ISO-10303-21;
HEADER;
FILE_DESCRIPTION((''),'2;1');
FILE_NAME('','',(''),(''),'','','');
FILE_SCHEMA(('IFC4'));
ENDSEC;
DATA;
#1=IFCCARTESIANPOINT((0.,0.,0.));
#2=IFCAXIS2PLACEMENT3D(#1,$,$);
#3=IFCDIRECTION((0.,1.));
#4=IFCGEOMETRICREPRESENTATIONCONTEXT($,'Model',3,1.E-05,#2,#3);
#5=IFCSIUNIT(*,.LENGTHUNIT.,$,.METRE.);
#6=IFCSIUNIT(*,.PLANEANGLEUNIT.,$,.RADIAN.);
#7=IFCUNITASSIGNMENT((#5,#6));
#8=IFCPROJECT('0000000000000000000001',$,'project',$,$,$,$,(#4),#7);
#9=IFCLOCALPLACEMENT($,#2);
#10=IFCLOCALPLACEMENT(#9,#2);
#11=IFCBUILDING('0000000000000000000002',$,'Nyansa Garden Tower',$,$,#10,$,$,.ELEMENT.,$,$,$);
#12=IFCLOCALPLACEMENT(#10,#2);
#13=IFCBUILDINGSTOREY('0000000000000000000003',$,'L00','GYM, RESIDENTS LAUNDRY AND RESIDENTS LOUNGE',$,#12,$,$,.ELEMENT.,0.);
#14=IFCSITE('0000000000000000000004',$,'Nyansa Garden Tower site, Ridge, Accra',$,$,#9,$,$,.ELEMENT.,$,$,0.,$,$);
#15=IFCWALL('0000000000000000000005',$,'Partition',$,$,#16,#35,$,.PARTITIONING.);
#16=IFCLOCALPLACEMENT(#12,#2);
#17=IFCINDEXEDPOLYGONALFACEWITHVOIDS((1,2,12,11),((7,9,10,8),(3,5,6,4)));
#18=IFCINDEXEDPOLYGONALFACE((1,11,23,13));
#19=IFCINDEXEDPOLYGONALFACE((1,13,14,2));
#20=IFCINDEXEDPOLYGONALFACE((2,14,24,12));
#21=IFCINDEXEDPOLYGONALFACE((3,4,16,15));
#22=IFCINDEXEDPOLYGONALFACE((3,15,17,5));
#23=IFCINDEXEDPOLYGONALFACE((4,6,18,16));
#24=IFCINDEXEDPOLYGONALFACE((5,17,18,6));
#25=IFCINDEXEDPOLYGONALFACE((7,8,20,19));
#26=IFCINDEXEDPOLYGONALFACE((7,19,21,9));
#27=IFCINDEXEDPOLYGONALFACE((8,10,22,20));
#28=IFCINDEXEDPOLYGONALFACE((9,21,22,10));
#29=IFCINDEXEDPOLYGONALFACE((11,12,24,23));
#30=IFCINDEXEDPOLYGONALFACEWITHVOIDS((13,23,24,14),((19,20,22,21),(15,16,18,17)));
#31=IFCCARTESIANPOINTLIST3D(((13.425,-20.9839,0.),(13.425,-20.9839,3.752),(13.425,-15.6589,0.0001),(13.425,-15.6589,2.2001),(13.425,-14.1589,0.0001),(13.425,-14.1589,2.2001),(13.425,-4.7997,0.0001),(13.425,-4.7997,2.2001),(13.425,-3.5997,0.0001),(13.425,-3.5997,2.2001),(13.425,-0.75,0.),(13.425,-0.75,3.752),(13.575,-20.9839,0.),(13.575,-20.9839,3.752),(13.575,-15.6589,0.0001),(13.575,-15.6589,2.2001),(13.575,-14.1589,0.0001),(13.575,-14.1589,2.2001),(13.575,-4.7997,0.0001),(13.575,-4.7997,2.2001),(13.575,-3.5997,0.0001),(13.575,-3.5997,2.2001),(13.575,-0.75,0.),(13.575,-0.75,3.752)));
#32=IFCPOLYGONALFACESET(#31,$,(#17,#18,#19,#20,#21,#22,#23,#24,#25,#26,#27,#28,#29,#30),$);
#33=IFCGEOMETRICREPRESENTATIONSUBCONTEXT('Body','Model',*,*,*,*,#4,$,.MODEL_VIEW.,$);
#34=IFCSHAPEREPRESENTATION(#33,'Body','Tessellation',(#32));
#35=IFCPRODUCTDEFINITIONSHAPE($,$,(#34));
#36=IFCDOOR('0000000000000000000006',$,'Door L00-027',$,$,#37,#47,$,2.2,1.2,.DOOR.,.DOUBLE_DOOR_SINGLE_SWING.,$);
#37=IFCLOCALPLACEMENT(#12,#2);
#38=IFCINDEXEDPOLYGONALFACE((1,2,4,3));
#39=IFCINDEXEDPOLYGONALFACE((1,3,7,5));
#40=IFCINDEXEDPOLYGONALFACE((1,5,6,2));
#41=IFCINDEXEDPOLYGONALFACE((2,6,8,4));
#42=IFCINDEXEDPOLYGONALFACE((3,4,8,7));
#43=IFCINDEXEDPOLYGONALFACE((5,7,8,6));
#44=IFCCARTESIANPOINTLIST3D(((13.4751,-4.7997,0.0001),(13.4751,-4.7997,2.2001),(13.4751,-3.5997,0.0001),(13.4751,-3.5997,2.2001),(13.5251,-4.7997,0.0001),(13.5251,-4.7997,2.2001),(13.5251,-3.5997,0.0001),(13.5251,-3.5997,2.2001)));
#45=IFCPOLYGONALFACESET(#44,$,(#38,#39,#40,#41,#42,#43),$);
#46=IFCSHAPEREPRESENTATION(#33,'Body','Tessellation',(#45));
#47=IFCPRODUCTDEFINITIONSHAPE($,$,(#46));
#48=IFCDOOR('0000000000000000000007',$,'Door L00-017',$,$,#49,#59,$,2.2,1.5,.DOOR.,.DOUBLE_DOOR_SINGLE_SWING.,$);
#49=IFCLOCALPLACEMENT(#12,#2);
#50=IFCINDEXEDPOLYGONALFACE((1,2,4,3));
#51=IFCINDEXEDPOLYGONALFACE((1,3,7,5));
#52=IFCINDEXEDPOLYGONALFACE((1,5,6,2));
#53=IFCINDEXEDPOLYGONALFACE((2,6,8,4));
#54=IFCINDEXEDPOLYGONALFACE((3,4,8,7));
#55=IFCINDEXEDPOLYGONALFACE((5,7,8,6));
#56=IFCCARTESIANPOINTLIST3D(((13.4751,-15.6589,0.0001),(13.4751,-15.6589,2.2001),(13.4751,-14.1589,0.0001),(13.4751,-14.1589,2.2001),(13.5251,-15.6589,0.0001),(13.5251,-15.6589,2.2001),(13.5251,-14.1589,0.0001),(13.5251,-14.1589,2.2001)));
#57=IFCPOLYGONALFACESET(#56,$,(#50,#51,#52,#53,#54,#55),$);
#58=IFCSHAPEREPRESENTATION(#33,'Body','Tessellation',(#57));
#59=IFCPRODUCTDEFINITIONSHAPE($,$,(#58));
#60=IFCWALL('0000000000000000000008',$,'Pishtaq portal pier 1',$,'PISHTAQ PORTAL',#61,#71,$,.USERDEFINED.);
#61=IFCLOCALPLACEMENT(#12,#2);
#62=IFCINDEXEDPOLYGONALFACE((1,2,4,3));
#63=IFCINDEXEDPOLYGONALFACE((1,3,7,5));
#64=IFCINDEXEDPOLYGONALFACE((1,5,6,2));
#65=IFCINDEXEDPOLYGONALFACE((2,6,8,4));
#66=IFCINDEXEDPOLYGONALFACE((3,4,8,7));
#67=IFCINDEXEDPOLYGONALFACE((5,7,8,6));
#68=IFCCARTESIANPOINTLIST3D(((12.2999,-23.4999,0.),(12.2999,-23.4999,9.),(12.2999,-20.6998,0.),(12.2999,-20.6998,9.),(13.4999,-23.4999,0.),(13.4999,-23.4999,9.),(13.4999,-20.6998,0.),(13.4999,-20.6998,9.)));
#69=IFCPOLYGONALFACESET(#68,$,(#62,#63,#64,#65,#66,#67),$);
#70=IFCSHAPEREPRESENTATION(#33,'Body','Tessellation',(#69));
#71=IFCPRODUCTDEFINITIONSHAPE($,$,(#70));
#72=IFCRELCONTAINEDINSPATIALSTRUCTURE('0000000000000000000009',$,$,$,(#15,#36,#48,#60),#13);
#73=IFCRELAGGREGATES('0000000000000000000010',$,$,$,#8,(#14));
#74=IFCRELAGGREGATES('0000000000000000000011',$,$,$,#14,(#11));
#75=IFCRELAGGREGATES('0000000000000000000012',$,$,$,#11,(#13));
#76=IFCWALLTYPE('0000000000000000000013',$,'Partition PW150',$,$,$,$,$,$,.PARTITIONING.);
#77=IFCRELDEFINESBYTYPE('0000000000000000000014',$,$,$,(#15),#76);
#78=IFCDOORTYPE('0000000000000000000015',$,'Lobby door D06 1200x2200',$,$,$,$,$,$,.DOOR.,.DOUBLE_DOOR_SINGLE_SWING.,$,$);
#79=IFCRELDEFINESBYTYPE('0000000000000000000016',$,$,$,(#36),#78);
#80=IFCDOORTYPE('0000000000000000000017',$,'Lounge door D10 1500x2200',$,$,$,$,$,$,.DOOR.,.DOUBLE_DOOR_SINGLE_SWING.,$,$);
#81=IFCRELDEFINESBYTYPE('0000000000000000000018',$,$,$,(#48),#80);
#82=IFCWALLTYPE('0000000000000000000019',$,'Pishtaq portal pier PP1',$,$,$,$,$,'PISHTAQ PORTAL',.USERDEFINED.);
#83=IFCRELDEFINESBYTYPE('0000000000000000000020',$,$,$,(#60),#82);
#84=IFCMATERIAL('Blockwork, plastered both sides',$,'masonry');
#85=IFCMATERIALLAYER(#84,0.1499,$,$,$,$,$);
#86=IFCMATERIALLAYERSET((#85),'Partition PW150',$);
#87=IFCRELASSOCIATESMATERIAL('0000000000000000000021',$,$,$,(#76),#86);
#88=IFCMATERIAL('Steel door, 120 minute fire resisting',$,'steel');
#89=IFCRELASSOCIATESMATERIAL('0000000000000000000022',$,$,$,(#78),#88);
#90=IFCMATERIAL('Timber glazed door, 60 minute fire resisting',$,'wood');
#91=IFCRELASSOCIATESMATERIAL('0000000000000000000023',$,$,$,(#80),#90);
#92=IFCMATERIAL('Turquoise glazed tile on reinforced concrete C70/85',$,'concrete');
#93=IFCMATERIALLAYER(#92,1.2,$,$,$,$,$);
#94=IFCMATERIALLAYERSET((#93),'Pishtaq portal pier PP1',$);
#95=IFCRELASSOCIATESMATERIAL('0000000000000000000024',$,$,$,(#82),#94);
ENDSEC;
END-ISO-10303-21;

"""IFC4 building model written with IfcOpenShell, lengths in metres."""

from ifc_helpers import new_model, si_unit, direction, frame, frame_2d, origin, place, context, subcontext, project, spatial, rectangle, extrude, material, layer, layer_set, type_object, element, fill, save


model = new_model("IFC4")

# Units and contexts
model_context = context("Model", 3, precision=1e-05, world=origin(), true_north=direction((0.0, 1.0)))
body_context = subcontext(model_context, "Body", "Model", "MODEL_VIEW")
ifc_project = project(units=[si_unit("LENGTHUNIT", "METRE"), si_unit("PLANEANGLEUNIT", "RADIAN")], contexts=[model_context])

# Site, building, storey
site_placement = place(None, origin())
site = spatial("IfcSite", under=ifc_project, at=site_placement, Name="Nyansa Garden Tower site, Ridge, Accra", CompositionType="ELEMENT", RefElevation=0.0)
building_placement = place(site_placement, origin())
building = spatial("IfcBuilding", under=site, at=building_placement, Name="Nyansa Garden Tower", CompositionType="ELEMENT")
storey_placement = place(building_placement, origin())
storey = spatial("IfcBuildingStorey", under=building, at=storey_placement, Name="L00", Description="GYM, RESIDENTS LAUNDRY AND RESIDENTS LOUNGE", CompositionType="ELEMENT", Elevation=0.0)

# Wall, openings, doors
ifc_material_1 = material(Name="Blockwork, plastered both sides", Category="masonry")
ifc_layer_1 = layer(ifc_material_1, 0.1499)
ifc_layer_set_1 = layer_set([ifc_layer_1], Name="Partition PW150")
wall_type_1 = type_object("IfcWallType", Name="Partition PW150", PredefinedType="PARTITIONING", material=ifc_layer_set_1)
wall_1_placement = place(storey_placement, frame((13.5, -20.9839, 0.0), z_axis=(0.0, 0.0, 1.0), x_axis=(0.0, 1.0, 0.0)))
wall_1 = element("IfcWall", 1, at=wall_1_placement, inside=storey, type_object=wall_type_1, Name="Partition", PredefinedType="PARTITIONING", context=body_context, shape_type="SweptSolid", body=[
    extrude(rectangle(XDim=20.2339, YDim=0.1499, at=frame_2d((10.1169, 0.0))), origin(), (0.0, 0.0, 1.0), 3.752),
])
opening_1_placement = place(wall_1_placement, frame((5.325, 0.0, 0.0)))
opening_1 = element("IfcOpeningElement", 2, at=opening_1_placement, cuts=wall_1, PredefinedType="OPENING", context=body_context, shape_type="SweptSolid", body=[
    extrude(rectangle(XDim=1.5, YDim=2.2, at=frame_2d((0.75, 1.1001))), frame((0.0, 0.085, 0.0), z_axis=(0.0, -1.0, 0.0), x_axis=(1.0, 0.0, 0.0)), (0.0, 0.0, 1.0), 0.1699),
])
opening_2_placement = place(wall_1_placement, frame((16.1841, 0.0, 0.0)))
opening_2 = element("IfcOpeningElement", 3, at=opening_2_placement, cuts=wall_1, PredefinedType="OPENING", context=body_context, shape_type="SweptSolid", body=[
    extrude(rectangle(XDim=1.2, YDim=2.2, at=frame_2d((0.6001, 1.1001))), frame((0.0, 0.085, 0.0), z_axis=(0.0, -1.0, 0.0), x_axis=(1.0, 0.0, 0.0)), (0.0, 0.0, 1.0), 0.1699),
])
ifc_material_2 = material(Name="Steel door, 120 minute fire resisting", Category="steel")
door_type_1 = type_object("IfcDoorType", Name="Lobby door D06 1200x2200", OperationType="DOUBLE_DOOR_SINGLE_SWING", PredefinedType="DOOR", material=ifc_material_2)
door_1_placement = place(opening_2_placement, origin())
door_1 = element("IfcDoor", 4, at=door_1_placement, inside=storey, type_object=door_type_1, Name="Door L00-027", OperationType="DOUBLE_DOOR_SINGLE_SWING", OverallHeight=2.2, OverallWidth=1.2, PredefinedType="DOOR", context=body_context, shape_type="SweptSolid", body=[
    extrude(rectangle(XDim=1.2, YDim=2.2, at=frame_2d((0.6001, 1.1001))), frame((0.0, 0.0249, 0.0), z_axis=(0.0, -1.0, 0.0), x_axis=(1.0, 0.0, 0.0)), (0.0, 0.0, 1.0), 0.05),
])
fill(opening_2, door_1)
ifc_material_3 = material(Name="Timber glazed door, 60 minute fire resisting", Category="wood")
door_type_2 = type_object("IfcDoorType", Name="Lounge door D10 1500x2200", OperationType="DOUBLE_DOOR_SINGLE_SWING", PredefinedType="DOOR", material=ifc_material_3)
door_2_placement = place(opening_1_placement, origin())
door_2 = element("IfcDoor", 5, at=door_2_placement, inside=storey, type_object=door_type_2, Name="Door L00-017", OperationType="DOUBLE_DOOR_SINGLE_SWING", OverallHeight=2.2, OverallWidth=1.5, PredefinedType="DOOR", context=body_context, shape_type="SweptSolid", body=[
    extrude(rectangle(XDim=1.5, YDim=2.2, at=frame_2d((0.75, 1.1001))), frame((0.0, 0.0249, 0.0), z_axis=(0.0, -1.0, 0.0), x_axis=(1.0, 0.0, 0.0)), (0.0, 0.0, 1.0), 0.05),
])
fill(opening_1, door_2)

# Wall
ifc_material_4 = material(Name="Turquoise glazed tile on reinforced concrete C70/85", Category="concrete")
ifc_layer_2 = layer(ifc_material_4, 1.2)
ifc_layer_set_2 = layer_set([ifc_layer_2], Name="Pishtaq portal pier PP1")
wall_type_2 = type_object("IfcWallType", Name="Pishtaq portal pier PP1", ElementType="PISHTAQ PORTAL", PredefinedType="USERDEFINED", material=ifc_layer_set_2)
wall_2_placement = place(storey_placement, frame((12.8999, -20.7, 0.0), z_axis=(0.0, 0.0, 1.0), x_axis=(0.0, -1.0, 0.0)))
element("IfcWall", 6, at=wall_2_placement, inside=storey, type_object=wall_type_2, Name="Pishtaq portal pier 1", ObjectType="PISHTAQ PORTAL", PredefinedType="USERDEFINED", context=body_context, shape_type="SweptSolid", body=[
    extrude(rectangle(XDim=2.8, YDim=1.2, at=frame_2d((1.3999, 0.0))), origin(), (0.0, 0.0, 1.0), 9.0),
])

save(model, "model.ifc")
